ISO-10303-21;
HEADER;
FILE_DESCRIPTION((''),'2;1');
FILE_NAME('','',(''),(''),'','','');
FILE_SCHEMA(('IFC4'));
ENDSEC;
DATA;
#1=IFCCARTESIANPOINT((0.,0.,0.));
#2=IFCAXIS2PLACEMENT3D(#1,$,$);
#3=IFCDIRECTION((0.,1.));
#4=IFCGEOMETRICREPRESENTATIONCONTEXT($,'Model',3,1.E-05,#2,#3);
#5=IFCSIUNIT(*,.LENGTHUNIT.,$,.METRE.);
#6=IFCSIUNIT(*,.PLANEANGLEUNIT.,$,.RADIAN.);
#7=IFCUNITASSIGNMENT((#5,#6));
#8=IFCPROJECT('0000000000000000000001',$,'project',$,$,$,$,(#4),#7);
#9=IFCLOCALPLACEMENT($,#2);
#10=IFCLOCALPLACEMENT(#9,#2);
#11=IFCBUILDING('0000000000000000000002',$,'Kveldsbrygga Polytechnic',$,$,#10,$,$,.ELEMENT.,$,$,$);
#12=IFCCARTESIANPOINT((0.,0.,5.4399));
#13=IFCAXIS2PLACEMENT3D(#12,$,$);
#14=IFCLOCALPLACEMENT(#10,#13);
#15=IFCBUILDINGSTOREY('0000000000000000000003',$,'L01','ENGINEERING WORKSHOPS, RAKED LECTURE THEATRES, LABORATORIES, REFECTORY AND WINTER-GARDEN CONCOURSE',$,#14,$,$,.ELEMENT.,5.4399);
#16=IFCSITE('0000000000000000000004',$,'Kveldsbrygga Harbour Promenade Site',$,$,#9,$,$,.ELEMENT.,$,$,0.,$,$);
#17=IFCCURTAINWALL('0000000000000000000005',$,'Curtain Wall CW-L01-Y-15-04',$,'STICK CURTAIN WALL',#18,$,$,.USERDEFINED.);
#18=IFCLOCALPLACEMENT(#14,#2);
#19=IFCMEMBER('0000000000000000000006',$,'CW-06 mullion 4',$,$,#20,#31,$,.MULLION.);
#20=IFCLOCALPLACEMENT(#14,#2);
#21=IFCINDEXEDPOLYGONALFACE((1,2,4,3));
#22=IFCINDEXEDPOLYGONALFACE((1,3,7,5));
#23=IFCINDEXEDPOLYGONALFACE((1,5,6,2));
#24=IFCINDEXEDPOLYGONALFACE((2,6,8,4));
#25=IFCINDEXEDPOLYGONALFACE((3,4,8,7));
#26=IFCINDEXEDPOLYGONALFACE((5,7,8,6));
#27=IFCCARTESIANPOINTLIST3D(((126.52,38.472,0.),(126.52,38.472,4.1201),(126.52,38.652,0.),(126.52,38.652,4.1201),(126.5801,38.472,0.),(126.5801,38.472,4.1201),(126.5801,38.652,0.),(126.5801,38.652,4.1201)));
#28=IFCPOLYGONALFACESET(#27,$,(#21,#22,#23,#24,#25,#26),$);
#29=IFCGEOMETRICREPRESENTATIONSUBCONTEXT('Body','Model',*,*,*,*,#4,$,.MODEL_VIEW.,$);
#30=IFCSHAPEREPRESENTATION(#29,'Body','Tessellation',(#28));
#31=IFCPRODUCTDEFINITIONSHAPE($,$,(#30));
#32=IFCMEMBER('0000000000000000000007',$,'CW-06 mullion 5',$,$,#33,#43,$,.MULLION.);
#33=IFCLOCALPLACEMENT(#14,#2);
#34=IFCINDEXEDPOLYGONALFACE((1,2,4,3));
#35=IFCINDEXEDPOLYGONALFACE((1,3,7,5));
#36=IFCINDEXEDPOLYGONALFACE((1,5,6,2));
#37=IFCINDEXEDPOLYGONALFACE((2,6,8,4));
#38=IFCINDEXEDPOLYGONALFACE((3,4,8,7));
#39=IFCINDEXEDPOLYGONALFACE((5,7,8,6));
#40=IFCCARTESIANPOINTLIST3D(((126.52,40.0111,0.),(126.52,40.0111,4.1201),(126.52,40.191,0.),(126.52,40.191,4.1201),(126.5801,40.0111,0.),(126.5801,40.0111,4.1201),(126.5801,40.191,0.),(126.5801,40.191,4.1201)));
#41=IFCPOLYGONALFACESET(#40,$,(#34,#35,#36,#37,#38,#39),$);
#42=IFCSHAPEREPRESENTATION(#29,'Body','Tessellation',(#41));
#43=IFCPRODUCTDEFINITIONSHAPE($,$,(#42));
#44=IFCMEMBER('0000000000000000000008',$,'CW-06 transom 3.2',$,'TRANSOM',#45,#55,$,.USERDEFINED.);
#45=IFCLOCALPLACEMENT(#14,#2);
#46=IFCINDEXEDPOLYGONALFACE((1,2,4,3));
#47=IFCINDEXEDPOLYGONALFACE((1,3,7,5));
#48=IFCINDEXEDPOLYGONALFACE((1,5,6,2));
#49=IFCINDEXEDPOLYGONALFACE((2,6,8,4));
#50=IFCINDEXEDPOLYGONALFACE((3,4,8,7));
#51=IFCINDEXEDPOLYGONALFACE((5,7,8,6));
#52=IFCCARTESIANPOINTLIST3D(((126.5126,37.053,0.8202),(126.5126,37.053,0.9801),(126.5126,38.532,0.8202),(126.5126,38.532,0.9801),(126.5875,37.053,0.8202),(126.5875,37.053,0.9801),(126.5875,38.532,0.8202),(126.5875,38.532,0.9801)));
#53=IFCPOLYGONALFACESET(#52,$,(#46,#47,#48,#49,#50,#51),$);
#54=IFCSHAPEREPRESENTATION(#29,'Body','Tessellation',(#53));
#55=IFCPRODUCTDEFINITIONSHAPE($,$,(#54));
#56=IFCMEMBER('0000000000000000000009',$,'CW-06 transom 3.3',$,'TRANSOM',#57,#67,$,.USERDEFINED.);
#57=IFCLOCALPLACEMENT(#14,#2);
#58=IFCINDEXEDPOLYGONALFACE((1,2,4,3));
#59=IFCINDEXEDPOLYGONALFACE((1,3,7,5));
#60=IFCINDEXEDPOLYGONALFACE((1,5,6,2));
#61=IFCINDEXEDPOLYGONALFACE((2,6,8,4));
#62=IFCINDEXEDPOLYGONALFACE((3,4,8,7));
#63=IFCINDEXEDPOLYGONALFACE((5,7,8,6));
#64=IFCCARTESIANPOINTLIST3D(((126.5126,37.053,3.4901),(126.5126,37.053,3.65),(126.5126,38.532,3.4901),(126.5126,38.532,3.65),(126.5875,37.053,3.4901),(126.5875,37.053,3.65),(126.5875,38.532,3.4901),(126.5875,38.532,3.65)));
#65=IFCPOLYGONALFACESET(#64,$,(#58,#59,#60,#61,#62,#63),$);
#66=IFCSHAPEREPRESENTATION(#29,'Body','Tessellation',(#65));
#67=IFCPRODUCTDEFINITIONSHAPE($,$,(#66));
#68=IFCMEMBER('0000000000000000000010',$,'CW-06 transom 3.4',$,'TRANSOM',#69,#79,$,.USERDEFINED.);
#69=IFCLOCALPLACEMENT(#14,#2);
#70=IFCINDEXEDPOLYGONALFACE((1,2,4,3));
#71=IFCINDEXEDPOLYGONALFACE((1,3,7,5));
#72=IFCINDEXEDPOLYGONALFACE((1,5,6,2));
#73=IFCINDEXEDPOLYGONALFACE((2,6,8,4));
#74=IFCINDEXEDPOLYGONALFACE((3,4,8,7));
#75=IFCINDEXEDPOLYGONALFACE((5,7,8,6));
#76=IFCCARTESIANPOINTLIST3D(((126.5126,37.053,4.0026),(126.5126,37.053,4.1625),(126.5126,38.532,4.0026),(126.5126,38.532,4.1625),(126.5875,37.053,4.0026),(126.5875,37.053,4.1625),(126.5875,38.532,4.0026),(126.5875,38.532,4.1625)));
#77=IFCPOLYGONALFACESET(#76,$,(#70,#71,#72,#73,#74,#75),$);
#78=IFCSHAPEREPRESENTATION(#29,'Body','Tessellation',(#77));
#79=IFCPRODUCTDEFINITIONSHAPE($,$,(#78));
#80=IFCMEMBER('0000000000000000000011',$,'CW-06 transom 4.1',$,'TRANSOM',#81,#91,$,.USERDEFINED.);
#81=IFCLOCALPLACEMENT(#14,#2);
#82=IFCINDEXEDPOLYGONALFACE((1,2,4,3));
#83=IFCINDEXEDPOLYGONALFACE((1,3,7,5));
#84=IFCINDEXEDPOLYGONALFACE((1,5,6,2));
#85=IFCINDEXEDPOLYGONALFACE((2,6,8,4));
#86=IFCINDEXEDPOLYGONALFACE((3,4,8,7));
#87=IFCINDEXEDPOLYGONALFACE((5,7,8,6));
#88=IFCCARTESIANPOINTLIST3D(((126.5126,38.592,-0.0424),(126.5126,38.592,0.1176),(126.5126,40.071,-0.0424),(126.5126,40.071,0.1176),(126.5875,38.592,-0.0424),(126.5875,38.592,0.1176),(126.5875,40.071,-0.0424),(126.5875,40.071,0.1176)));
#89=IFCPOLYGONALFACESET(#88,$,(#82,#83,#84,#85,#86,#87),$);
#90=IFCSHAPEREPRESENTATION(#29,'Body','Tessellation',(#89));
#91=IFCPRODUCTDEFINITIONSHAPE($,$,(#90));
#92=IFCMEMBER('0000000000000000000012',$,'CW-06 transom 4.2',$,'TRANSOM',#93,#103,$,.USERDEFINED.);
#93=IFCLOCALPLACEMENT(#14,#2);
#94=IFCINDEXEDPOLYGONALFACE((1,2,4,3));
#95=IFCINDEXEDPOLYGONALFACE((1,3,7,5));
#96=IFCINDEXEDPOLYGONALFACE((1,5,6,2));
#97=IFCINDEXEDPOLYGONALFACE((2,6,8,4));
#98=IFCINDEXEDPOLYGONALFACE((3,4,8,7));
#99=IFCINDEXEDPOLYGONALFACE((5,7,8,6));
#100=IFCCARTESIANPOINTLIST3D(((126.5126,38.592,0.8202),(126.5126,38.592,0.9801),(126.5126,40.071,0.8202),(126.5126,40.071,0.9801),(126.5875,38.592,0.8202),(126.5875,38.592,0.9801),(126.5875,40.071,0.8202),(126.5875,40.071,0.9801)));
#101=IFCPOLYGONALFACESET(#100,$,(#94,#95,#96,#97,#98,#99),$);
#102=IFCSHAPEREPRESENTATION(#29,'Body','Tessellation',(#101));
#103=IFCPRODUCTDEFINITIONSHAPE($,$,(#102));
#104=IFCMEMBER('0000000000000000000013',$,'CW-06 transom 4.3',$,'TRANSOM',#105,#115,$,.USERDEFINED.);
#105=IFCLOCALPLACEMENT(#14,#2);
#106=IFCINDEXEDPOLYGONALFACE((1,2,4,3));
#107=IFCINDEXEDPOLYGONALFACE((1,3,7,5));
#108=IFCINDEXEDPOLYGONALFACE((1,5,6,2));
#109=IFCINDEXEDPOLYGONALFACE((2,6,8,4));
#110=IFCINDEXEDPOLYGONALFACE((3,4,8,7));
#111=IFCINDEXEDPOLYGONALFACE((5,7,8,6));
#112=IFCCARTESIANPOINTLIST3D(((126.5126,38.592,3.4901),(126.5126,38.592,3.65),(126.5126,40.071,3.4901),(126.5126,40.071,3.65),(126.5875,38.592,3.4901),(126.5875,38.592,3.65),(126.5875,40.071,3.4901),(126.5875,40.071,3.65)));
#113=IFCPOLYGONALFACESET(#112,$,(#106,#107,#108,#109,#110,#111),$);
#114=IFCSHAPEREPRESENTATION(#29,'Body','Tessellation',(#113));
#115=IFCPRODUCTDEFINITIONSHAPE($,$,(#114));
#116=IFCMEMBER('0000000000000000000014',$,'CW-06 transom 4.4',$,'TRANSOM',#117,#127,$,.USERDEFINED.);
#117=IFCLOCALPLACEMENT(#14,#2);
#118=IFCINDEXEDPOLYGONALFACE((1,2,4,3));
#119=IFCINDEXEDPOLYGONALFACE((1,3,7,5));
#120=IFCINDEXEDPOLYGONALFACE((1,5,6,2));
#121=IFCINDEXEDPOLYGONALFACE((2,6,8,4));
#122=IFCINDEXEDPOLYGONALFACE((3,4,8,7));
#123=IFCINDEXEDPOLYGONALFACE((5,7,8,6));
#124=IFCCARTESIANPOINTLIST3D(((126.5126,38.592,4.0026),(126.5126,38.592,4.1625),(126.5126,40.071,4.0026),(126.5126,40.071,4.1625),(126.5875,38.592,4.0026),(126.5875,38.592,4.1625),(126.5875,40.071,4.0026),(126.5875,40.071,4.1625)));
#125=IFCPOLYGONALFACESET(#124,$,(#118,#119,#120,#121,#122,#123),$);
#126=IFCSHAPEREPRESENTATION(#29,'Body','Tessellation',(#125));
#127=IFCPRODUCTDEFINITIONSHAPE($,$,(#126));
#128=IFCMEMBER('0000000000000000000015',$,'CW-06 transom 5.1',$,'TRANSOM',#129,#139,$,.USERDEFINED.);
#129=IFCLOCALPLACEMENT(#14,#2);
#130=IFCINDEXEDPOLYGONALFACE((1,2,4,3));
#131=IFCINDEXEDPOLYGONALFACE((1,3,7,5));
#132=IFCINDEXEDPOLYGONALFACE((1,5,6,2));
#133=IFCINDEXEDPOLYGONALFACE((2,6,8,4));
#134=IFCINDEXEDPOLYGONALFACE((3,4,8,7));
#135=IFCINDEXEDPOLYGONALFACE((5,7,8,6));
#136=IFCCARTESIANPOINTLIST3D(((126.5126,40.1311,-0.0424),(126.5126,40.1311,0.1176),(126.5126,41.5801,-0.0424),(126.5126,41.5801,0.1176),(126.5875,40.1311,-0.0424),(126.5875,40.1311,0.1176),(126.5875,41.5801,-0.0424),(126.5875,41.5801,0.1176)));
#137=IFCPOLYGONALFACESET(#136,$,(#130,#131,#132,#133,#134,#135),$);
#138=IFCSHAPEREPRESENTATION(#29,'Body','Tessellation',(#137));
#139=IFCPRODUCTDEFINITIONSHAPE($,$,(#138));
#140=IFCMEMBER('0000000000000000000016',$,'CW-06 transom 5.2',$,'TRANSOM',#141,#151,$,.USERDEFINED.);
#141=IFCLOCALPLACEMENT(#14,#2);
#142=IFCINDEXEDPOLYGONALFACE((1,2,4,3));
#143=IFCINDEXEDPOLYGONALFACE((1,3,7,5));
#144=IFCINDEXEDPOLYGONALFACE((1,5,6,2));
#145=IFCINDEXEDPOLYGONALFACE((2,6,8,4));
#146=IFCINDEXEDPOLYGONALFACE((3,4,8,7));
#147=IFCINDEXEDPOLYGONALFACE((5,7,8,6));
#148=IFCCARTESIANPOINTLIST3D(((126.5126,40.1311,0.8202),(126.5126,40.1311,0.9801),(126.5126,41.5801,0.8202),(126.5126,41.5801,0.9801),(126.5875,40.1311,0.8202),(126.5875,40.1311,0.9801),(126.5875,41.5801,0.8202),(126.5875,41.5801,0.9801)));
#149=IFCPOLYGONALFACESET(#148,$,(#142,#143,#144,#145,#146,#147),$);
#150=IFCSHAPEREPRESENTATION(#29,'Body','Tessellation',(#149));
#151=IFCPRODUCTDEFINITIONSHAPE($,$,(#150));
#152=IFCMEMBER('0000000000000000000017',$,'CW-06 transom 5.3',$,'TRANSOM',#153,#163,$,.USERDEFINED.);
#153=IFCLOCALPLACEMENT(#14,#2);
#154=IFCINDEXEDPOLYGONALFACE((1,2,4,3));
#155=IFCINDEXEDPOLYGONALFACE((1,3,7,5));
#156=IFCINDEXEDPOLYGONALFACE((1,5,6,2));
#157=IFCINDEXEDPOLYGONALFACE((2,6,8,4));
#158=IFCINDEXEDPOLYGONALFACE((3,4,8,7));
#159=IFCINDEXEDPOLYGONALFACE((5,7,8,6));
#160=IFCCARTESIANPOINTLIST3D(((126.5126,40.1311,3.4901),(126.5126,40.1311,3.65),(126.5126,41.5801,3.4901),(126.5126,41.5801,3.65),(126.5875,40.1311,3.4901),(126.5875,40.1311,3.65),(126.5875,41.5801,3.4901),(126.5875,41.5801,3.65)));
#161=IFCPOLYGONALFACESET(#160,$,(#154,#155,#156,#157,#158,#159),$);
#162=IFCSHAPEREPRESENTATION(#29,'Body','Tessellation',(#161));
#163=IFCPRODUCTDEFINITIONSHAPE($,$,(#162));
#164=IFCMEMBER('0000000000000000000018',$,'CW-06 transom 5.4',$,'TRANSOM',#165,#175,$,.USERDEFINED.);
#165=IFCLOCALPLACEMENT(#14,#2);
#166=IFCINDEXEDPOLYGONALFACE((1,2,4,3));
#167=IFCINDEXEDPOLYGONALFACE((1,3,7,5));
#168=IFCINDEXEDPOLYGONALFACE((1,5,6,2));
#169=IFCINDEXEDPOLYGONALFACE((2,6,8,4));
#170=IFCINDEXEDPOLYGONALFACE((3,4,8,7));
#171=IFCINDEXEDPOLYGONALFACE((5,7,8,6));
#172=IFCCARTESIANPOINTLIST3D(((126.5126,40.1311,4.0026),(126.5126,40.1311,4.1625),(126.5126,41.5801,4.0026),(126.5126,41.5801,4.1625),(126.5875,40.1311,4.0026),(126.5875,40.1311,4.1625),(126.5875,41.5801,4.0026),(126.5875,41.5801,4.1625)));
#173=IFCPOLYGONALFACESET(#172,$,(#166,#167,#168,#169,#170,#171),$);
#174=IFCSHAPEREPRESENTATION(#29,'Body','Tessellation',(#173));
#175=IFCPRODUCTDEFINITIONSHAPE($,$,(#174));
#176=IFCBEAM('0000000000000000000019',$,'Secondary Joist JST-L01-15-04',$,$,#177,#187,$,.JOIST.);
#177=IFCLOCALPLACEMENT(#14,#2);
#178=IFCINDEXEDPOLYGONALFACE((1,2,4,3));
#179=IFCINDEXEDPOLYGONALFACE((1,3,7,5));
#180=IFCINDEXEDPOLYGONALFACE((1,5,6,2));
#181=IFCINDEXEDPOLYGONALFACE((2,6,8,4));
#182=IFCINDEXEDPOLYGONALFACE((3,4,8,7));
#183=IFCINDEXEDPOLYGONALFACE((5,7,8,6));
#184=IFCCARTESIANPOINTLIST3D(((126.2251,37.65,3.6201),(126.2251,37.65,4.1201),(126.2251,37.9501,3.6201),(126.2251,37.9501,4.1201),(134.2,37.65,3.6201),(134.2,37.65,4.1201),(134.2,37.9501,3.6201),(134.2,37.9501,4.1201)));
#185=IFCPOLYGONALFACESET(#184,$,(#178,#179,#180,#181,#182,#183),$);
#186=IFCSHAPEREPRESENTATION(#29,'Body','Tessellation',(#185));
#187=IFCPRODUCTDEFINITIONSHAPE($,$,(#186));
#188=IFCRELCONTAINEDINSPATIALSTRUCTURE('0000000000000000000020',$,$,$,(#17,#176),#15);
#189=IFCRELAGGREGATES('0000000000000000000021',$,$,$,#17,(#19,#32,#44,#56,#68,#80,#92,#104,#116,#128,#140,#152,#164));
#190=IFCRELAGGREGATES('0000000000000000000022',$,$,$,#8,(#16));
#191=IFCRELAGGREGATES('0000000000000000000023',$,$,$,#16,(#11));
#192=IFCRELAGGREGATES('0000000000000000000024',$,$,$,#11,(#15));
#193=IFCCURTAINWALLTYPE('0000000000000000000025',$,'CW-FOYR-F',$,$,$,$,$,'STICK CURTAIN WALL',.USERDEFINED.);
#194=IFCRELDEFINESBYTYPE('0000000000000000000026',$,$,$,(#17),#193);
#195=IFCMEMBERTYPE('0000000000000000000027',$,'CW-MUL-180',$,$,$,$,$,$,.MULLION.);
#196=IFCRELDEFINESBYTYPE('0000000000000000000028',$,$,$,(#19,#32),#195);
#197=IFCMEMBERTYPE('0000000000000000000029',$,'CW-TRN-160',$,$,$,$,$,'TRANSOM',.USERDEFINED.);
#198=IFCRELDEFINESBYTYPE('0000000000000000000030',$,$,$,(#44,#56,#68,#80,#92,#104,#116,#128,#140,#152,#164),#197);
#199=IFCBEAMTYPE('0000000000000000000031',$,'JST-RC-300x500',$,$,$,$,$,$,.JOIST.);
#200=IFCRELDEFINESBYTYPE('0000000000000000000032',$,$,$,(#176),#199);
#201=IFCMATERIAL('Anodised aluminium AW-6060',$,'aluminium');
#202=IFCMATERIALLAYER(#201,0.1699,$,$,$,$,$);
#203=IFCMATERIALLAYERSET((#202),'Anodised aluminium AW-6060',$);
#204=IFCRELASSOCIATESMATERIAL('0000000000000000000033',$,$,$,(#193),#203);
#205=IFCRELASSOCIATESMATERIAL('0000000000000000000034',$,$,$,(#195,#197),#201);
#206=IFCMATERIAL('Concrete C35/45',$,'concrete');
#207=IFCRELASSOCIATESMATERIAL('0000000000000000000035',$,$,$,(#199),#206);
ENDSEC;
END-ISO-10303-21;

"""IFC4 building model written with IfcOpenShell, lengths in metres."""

from ifc_helpers import new_model, si_unit, direction, frame, origin, origin_2d, place, context, subcontext, project, spatial, rectangle, extrude, material, layer, layer_set, material_profile, profile_set, type_object, element, aggregate, save


model = new_model("IFC4")

# Units and contexts
model_context = context("Model", 3, precision=1e-05, world=origin(), true_north=direction((0.0, 1.0)))
body_context = subcontext(model_context, "Body", "Model", "MODEL_VIEW")
ifc_project = project(units=[si_unit("LENGTHUNIT", "METRE"), si_unit("PLANEANGLEUNIT", "RADIAN")], contexts=[model_context])

# Site, building, storey
site_placement = place(None, origin())
site = spatial("IfcSite", under=ifc_project, at=site_placement, Name="Kveldsbrygga Harbour Promenade Site", CompositionType="ELEMENT", RefElevation=0.0)
building_placement = place(site_placement, origin())
building = spatial("IfcBuilding", under=site, at=building_placement, Name="Kveldsbrygga Polytechnic", CompositionType="ELEMENT")
storey_placement = place(building_placement, frame((0.0, 0.0, 5.4399)))
storey = spatial("IfcBuildingStorey", under=building, at=storey_placement, Name="L01", Description="ENGINEERING WORKSHOPS, RAKED LECTURE THEATRES, LABORATORIES, REFECTORY AND WINTER-GARDEN CONCOURSE", CompositionType="ELEMENT", Elevation=5.4399)

# Curtain wall, members
ifc_material_1 = material(Name="Anodised aluminium AW-6060", Category="aluminium")
ifc_layer_1 = layer(ifc_material_1, 0.1699)
ifc_layer_set_1 = layer_set([ifc_layer_1], Name="Anodised aluminium AW-6060")
curtain_wall_type = type_object("IfcCurtainWallType", Name="CW-FOYR-F", ElementType="STICK CURTAIN WALL", PredefinedType="USERDEFINED", material=ifc_layer_set_1)
curtain_wall_placement = place(storey_placement, origin())
curtain_wall = element("IfcCurtainWall", 1, at=curtain_wall_placement, inside=storey, type_object=curtain_wall_type, Name="Curtain Wall CW-L01-Y-15-04", ObjectType="STICK CURTAIN WALL", PredefinedType="USERDEFINED")
ifc_material_profile_1 = material_profile(ifc_material_1, rectangle(XDim=0.0601, YDim=0.1799, at=origin_2d()), Name="ALU 60x180")
ifc_profile_set_1 = profile_set([ifc_material_profile_1], Name="Anodised aluminium AW-6060")
member_type_1 = type_object("IfcMemberType", Name="CW-MUL-180", PredefinedType="MULLION", material=ifc_profile_set_1)
member_1_placement = place(storey_placement, frame((126.55, 38.562, 0.0), z_axis=(0.0, 0.0, 1.0), x_axis=(-1.0, 0.0, 0.0)))
member_1 = element("IfcMember", 2, at=member_1_placement, type_object=member_type_1, Name="CW-06 mullion 4", PredefinedType="MULLION", context=body_context, shape_type="SweptSolid", body=[
    extrude(rectangle(XDim=0.0601, YDim=0.1799, at=origin_2d()), origin(), (0.0, 0.0, 1.0), 4.1201),
])
member_2_placement = place(storey_placement, frame((126.55, 40.1011, 0.0), z_axis=(0.0, 0.0, 1.0), x_axis=(-1.0, 0.0, 0.0)))
member_2 = element("IfcMember", 3, at=member_2_placement, type_object=member_type_1, Name="CW-06 mullion 5", PredefinedType="MULLION", context=body_context, shape_type="SweptSolid", body=[
    extrude(rectangle(XDim=0.0601, YDim=0.1799, at=origin_2d()), origin(), (0.0, 0.0, 1.0), 4.1201),
])
ifc_material_profile_2 = material_profile(ifc_material_1, rectangle(XDim=0.075, YDim=0.1599, at=origin_2d()), Name="ALU 75x160")
ifc_profile_set_2 = profile_set([ifc_material_profile_2], Name="Anodised aluminium AW-6060")
member_type_2 = type_object("IfcMemberType", Name="CW-TRN-160", ElementType="TRANSOM", PredefinedType="USERDEFINED", material=ifc_profile_set_2)
member_3_placement = place(storey_placement, frame((126.55, 37.053, 0.9001), z_axis=(0.0, 1.0, 0.0), x_axis=(-1.0, 0.0, 0.0)))
member_3 = element("IfcMember", 4, at=member_3_placement, type_object=member_type_2, Name="CW-06 transom 3.2", ObjectType="TRANSOM", PredefinedType="USERDEFINED", context=body_context, shape_type="SweptSolid", body=[
    extrude(rectangle(XDim=0.075, YDim=0.1599, at=origin_2d()), origin(), (0.0, 0.0, 1.0), 1.479),
])
member_4_placement = place(storey_placement, frame((126.55, 37.053, 3.5701), z_axis=(0.0, 1.0, 0.0), x_axis=(-1.0, 0.0, 0.0)))
member_4 = element("IfcMember", 5, at=member_4_placement, type_object=member_type_2, Name="CW-06 transom 3.3", ObjectType="TRANSOM", PredefinedType="USERDEFINED", context=body_context, shape_type="SweptSolid", body=[
    extrude(rectangle(XDim=0.075, YDim=0.1599, at=origin_2d()), origin(), (0.0, 0.0, 1.0), 1.479),
])
member_5_placement = place(storey_placement, frame((126.55, 37.053, 4.0825), z_axis=(0.0, 1.0, 0.0), x_axis=(-1.0, 0.0, 0.0)))
member_5 = element("IfcMember", 6, at=member_5_placement, type_object=member_type_2, Name="CW-06 transom 3.4", ObjectType="TRANSOM", PredefinedType="USERDEFINED", context=body_context, shape_type="SweptSolid", body=[
    extrude(rectangle(XDim=0.075, YDim=0.1599, at=origin_2d()), origin(), (0.0, 0.0, 1.0), 1.479),
])
member_6_placement = place(storey_placement, frame((126.55, 38.592, 0.0376), z_axis=(0.0, 1.0, 0.0), x_axis=(-1.0, 0.0, 0.0)))
member_6 = element("IfcMember", 7, at=member_6_placement, type_object=member_type_2, Name="CW-06 transom 4.1", ObjectType="TRANSOM", PredefinedType="USERDEFINED", context=body_context, shape_type="SweptSolid", body=[
    extrude(rectangle(XDim=0.075, YDim=0.1599, at=origin_2d()), origin(), (0.0, 0.0, 1.0), 1.479),
])
member_7_placement = place(storey_placement, frame((126.55, 38.592, 0.9001), z_axis=(0.0, 1.0, 0.0), x_axis=(-1.0, 0.0, 0.0)))
member_7 = element("IfcMember", 8, at=member_7_placement, type_object=member_type_2, Name="CW-06 transom 4.2", ObjectType="TRANSOM", PredefinedType="USERDEFINED", context=body_context, shape_type="SweptSolid", body=[
    extrude(rectangle(XDim=0.075, YDim=0.1599, at=origin_2d()), origin(), (0.0, 0.0, 1.0), 1.479),
])
member_8_placement = place(storey_placement, frame((126.55, 38.592, 3.5701), z_axis=(0.0, 1.0, 0.0), x_axis=(-1.0, 0.0, 0.0)))
member_8 = element("IfcMember", 9, at=member_8_placement, type_object=member_type_2, Name="CW-06 transom 4.3", ObjectType="TRANSOM", PredefinedType="USERDEFINED", context=body_context, shape_type="SweptSolid", body=[
    extrude(rectangle(XDim=0.075, YDim=0.1599, at=origin_2d()), origin(), (0.0, 0.0, 1.0), 1.479),
])
member_9_placement = place(storey_placement, frame((126.55, 38.592, 4.0825), z_axis=(0.0, 1.0, 0.0), x_axis=(-1.0, 0.0, 0.0)))
member_9 = element("IfcMember", 10, at=member_9_placement, type_object=member_type_2, Name="CW-06 transom 4.4", ObjectType="TRANSOM", PredefinedType="USERDEFINED", context=body_context, shape_type="SweptSolid", body=[
    extrude(rectangle(XDim=0.075, YDim=0.1599, at=origin_2d()), origin(), (0.0, 0.0, 1.0), 1.479),
])
member_10_placement = place(storey_placement, frame((126.55, 40.1311, 0.0376), z_axis=(0.0, 1.0, 0.0), x_axis=(-1.0, 0.0, 0.0)))
member_10 = element("IfcMember", 11, at=member_10_placement, type_object=member_type_2, Name="CW-06 transom 5.1", ObjectType="TRANSOM", PredefinedType="USERDEFINED", context=body_context, shape_type="SweptSolid", body=[
    extrude(rectangle(XDim=0.075, YDim=0.1599, at=origin_2d()), origin(), (0.0, 0.0, 1.0), 1.449),
])
member_11_placement = place(storey_placement, frame((126.55, 40.1311, 0.9001), z_axis=(0.0, 1.0, 0.0), x_axis=(-1.0, 0.0, 0.0)))
member_11 = element("IfcMember", 12, at=member_11_placement, type_object=member_type_2, Name="CW-06 transom 5.2", ObjectType="TRANSOM", PredefinedType="USERDEFINED", context=body_context, shape_type="SweptSolid", body=[
    extrude(rectangle(XDim=0.075, YDim=0.1599, at=origin_2d()), origin(), (0.0, 0.0, 1.0), 1.449),
])
member_12_placement = place(storey_placement, frame((126.55, 40.1311, 3.5701), z_axis=(0.0, 1.0, 0.0), x_axis=(-1.0, 0.0, 0.0)))
member_12 = element("IfcMember", 13, at=member_12_placement, type_object=member_type_2, Name="CW-06 transom 5.3", ObjectType="TRANSOM", PredefinedType="USERDEFINED", context=body_context, shape_type="SweptSolid", body=[
    extrude(rectangle(XDim=0.075, YDim=0.1599, at=origin_2d()), origin(), (0.0, 0.0, 1.0), 1.449),
])
member_13_placement = place(storey_placement, frame((126.55, 40.1311, 4.0825), z_axis=(0.0, 1.0, 0.0), x_axis=(-1.0, 0.0, 0.0)))
member_13 = element("IfcMember", 14, at=member_13_placement, type_object=member_type_2, Name="CW-06 transom 5.4", ObjectType="TRANSOM", PredefinedType="USERDEFINED", context=body_context, shape_type="SweptSolid", body=[
    extrude(rectangle(XDim=0.075, YDim=0.1599, at=origin_2d()), origin(), (0.0, 0.0, 1.0), 1.449),
])

# Beam
ifc_material_2 = material(Name="Concrete C35/45", Category="concrete")
ifc_material_profile_3 = material_profile(ifc_material_2, rectangle(XDim=0.3, YDim=0.5, at=origin_2d()), Name="RC 300x500")
ifc_profile_set_3 = profile_set([ifc_material_profile_3], Name="Concrete C35/45")
beam_type = type_object("IfcBeamType", Name="JST-RC-300x500", PredefinedType="JOIST", material=ifc_profile_set_3)
beam_placement = place(storey_placement, frame((126.2251, 37.8, 3.8701), z_axis=(1.0, 0.0, 0.0), x_axis=(0.0, 1.0, 0.0)))
element("IfcBeam", 15, at=beam_placement, inside=storey, type_object=beam_type, Name="Secondary Joist JST-L01-15-04", PredefinedType="JOIST", context=body_context, shape_type="SweptSolid", body=[
    extrude(rectangle(XDim=0.3, YDim=0.5, at=origin_2d()), origin(), (0.0, 0.0, 1.0), 7.9749),
])

aggregate(curtain_wall, [member_1, member_2, member_3, member_4, member_5, member_6, member_7, member_8, member_9, member_10, member_11, member_12, member_13])

save(model, "model.ifc")
